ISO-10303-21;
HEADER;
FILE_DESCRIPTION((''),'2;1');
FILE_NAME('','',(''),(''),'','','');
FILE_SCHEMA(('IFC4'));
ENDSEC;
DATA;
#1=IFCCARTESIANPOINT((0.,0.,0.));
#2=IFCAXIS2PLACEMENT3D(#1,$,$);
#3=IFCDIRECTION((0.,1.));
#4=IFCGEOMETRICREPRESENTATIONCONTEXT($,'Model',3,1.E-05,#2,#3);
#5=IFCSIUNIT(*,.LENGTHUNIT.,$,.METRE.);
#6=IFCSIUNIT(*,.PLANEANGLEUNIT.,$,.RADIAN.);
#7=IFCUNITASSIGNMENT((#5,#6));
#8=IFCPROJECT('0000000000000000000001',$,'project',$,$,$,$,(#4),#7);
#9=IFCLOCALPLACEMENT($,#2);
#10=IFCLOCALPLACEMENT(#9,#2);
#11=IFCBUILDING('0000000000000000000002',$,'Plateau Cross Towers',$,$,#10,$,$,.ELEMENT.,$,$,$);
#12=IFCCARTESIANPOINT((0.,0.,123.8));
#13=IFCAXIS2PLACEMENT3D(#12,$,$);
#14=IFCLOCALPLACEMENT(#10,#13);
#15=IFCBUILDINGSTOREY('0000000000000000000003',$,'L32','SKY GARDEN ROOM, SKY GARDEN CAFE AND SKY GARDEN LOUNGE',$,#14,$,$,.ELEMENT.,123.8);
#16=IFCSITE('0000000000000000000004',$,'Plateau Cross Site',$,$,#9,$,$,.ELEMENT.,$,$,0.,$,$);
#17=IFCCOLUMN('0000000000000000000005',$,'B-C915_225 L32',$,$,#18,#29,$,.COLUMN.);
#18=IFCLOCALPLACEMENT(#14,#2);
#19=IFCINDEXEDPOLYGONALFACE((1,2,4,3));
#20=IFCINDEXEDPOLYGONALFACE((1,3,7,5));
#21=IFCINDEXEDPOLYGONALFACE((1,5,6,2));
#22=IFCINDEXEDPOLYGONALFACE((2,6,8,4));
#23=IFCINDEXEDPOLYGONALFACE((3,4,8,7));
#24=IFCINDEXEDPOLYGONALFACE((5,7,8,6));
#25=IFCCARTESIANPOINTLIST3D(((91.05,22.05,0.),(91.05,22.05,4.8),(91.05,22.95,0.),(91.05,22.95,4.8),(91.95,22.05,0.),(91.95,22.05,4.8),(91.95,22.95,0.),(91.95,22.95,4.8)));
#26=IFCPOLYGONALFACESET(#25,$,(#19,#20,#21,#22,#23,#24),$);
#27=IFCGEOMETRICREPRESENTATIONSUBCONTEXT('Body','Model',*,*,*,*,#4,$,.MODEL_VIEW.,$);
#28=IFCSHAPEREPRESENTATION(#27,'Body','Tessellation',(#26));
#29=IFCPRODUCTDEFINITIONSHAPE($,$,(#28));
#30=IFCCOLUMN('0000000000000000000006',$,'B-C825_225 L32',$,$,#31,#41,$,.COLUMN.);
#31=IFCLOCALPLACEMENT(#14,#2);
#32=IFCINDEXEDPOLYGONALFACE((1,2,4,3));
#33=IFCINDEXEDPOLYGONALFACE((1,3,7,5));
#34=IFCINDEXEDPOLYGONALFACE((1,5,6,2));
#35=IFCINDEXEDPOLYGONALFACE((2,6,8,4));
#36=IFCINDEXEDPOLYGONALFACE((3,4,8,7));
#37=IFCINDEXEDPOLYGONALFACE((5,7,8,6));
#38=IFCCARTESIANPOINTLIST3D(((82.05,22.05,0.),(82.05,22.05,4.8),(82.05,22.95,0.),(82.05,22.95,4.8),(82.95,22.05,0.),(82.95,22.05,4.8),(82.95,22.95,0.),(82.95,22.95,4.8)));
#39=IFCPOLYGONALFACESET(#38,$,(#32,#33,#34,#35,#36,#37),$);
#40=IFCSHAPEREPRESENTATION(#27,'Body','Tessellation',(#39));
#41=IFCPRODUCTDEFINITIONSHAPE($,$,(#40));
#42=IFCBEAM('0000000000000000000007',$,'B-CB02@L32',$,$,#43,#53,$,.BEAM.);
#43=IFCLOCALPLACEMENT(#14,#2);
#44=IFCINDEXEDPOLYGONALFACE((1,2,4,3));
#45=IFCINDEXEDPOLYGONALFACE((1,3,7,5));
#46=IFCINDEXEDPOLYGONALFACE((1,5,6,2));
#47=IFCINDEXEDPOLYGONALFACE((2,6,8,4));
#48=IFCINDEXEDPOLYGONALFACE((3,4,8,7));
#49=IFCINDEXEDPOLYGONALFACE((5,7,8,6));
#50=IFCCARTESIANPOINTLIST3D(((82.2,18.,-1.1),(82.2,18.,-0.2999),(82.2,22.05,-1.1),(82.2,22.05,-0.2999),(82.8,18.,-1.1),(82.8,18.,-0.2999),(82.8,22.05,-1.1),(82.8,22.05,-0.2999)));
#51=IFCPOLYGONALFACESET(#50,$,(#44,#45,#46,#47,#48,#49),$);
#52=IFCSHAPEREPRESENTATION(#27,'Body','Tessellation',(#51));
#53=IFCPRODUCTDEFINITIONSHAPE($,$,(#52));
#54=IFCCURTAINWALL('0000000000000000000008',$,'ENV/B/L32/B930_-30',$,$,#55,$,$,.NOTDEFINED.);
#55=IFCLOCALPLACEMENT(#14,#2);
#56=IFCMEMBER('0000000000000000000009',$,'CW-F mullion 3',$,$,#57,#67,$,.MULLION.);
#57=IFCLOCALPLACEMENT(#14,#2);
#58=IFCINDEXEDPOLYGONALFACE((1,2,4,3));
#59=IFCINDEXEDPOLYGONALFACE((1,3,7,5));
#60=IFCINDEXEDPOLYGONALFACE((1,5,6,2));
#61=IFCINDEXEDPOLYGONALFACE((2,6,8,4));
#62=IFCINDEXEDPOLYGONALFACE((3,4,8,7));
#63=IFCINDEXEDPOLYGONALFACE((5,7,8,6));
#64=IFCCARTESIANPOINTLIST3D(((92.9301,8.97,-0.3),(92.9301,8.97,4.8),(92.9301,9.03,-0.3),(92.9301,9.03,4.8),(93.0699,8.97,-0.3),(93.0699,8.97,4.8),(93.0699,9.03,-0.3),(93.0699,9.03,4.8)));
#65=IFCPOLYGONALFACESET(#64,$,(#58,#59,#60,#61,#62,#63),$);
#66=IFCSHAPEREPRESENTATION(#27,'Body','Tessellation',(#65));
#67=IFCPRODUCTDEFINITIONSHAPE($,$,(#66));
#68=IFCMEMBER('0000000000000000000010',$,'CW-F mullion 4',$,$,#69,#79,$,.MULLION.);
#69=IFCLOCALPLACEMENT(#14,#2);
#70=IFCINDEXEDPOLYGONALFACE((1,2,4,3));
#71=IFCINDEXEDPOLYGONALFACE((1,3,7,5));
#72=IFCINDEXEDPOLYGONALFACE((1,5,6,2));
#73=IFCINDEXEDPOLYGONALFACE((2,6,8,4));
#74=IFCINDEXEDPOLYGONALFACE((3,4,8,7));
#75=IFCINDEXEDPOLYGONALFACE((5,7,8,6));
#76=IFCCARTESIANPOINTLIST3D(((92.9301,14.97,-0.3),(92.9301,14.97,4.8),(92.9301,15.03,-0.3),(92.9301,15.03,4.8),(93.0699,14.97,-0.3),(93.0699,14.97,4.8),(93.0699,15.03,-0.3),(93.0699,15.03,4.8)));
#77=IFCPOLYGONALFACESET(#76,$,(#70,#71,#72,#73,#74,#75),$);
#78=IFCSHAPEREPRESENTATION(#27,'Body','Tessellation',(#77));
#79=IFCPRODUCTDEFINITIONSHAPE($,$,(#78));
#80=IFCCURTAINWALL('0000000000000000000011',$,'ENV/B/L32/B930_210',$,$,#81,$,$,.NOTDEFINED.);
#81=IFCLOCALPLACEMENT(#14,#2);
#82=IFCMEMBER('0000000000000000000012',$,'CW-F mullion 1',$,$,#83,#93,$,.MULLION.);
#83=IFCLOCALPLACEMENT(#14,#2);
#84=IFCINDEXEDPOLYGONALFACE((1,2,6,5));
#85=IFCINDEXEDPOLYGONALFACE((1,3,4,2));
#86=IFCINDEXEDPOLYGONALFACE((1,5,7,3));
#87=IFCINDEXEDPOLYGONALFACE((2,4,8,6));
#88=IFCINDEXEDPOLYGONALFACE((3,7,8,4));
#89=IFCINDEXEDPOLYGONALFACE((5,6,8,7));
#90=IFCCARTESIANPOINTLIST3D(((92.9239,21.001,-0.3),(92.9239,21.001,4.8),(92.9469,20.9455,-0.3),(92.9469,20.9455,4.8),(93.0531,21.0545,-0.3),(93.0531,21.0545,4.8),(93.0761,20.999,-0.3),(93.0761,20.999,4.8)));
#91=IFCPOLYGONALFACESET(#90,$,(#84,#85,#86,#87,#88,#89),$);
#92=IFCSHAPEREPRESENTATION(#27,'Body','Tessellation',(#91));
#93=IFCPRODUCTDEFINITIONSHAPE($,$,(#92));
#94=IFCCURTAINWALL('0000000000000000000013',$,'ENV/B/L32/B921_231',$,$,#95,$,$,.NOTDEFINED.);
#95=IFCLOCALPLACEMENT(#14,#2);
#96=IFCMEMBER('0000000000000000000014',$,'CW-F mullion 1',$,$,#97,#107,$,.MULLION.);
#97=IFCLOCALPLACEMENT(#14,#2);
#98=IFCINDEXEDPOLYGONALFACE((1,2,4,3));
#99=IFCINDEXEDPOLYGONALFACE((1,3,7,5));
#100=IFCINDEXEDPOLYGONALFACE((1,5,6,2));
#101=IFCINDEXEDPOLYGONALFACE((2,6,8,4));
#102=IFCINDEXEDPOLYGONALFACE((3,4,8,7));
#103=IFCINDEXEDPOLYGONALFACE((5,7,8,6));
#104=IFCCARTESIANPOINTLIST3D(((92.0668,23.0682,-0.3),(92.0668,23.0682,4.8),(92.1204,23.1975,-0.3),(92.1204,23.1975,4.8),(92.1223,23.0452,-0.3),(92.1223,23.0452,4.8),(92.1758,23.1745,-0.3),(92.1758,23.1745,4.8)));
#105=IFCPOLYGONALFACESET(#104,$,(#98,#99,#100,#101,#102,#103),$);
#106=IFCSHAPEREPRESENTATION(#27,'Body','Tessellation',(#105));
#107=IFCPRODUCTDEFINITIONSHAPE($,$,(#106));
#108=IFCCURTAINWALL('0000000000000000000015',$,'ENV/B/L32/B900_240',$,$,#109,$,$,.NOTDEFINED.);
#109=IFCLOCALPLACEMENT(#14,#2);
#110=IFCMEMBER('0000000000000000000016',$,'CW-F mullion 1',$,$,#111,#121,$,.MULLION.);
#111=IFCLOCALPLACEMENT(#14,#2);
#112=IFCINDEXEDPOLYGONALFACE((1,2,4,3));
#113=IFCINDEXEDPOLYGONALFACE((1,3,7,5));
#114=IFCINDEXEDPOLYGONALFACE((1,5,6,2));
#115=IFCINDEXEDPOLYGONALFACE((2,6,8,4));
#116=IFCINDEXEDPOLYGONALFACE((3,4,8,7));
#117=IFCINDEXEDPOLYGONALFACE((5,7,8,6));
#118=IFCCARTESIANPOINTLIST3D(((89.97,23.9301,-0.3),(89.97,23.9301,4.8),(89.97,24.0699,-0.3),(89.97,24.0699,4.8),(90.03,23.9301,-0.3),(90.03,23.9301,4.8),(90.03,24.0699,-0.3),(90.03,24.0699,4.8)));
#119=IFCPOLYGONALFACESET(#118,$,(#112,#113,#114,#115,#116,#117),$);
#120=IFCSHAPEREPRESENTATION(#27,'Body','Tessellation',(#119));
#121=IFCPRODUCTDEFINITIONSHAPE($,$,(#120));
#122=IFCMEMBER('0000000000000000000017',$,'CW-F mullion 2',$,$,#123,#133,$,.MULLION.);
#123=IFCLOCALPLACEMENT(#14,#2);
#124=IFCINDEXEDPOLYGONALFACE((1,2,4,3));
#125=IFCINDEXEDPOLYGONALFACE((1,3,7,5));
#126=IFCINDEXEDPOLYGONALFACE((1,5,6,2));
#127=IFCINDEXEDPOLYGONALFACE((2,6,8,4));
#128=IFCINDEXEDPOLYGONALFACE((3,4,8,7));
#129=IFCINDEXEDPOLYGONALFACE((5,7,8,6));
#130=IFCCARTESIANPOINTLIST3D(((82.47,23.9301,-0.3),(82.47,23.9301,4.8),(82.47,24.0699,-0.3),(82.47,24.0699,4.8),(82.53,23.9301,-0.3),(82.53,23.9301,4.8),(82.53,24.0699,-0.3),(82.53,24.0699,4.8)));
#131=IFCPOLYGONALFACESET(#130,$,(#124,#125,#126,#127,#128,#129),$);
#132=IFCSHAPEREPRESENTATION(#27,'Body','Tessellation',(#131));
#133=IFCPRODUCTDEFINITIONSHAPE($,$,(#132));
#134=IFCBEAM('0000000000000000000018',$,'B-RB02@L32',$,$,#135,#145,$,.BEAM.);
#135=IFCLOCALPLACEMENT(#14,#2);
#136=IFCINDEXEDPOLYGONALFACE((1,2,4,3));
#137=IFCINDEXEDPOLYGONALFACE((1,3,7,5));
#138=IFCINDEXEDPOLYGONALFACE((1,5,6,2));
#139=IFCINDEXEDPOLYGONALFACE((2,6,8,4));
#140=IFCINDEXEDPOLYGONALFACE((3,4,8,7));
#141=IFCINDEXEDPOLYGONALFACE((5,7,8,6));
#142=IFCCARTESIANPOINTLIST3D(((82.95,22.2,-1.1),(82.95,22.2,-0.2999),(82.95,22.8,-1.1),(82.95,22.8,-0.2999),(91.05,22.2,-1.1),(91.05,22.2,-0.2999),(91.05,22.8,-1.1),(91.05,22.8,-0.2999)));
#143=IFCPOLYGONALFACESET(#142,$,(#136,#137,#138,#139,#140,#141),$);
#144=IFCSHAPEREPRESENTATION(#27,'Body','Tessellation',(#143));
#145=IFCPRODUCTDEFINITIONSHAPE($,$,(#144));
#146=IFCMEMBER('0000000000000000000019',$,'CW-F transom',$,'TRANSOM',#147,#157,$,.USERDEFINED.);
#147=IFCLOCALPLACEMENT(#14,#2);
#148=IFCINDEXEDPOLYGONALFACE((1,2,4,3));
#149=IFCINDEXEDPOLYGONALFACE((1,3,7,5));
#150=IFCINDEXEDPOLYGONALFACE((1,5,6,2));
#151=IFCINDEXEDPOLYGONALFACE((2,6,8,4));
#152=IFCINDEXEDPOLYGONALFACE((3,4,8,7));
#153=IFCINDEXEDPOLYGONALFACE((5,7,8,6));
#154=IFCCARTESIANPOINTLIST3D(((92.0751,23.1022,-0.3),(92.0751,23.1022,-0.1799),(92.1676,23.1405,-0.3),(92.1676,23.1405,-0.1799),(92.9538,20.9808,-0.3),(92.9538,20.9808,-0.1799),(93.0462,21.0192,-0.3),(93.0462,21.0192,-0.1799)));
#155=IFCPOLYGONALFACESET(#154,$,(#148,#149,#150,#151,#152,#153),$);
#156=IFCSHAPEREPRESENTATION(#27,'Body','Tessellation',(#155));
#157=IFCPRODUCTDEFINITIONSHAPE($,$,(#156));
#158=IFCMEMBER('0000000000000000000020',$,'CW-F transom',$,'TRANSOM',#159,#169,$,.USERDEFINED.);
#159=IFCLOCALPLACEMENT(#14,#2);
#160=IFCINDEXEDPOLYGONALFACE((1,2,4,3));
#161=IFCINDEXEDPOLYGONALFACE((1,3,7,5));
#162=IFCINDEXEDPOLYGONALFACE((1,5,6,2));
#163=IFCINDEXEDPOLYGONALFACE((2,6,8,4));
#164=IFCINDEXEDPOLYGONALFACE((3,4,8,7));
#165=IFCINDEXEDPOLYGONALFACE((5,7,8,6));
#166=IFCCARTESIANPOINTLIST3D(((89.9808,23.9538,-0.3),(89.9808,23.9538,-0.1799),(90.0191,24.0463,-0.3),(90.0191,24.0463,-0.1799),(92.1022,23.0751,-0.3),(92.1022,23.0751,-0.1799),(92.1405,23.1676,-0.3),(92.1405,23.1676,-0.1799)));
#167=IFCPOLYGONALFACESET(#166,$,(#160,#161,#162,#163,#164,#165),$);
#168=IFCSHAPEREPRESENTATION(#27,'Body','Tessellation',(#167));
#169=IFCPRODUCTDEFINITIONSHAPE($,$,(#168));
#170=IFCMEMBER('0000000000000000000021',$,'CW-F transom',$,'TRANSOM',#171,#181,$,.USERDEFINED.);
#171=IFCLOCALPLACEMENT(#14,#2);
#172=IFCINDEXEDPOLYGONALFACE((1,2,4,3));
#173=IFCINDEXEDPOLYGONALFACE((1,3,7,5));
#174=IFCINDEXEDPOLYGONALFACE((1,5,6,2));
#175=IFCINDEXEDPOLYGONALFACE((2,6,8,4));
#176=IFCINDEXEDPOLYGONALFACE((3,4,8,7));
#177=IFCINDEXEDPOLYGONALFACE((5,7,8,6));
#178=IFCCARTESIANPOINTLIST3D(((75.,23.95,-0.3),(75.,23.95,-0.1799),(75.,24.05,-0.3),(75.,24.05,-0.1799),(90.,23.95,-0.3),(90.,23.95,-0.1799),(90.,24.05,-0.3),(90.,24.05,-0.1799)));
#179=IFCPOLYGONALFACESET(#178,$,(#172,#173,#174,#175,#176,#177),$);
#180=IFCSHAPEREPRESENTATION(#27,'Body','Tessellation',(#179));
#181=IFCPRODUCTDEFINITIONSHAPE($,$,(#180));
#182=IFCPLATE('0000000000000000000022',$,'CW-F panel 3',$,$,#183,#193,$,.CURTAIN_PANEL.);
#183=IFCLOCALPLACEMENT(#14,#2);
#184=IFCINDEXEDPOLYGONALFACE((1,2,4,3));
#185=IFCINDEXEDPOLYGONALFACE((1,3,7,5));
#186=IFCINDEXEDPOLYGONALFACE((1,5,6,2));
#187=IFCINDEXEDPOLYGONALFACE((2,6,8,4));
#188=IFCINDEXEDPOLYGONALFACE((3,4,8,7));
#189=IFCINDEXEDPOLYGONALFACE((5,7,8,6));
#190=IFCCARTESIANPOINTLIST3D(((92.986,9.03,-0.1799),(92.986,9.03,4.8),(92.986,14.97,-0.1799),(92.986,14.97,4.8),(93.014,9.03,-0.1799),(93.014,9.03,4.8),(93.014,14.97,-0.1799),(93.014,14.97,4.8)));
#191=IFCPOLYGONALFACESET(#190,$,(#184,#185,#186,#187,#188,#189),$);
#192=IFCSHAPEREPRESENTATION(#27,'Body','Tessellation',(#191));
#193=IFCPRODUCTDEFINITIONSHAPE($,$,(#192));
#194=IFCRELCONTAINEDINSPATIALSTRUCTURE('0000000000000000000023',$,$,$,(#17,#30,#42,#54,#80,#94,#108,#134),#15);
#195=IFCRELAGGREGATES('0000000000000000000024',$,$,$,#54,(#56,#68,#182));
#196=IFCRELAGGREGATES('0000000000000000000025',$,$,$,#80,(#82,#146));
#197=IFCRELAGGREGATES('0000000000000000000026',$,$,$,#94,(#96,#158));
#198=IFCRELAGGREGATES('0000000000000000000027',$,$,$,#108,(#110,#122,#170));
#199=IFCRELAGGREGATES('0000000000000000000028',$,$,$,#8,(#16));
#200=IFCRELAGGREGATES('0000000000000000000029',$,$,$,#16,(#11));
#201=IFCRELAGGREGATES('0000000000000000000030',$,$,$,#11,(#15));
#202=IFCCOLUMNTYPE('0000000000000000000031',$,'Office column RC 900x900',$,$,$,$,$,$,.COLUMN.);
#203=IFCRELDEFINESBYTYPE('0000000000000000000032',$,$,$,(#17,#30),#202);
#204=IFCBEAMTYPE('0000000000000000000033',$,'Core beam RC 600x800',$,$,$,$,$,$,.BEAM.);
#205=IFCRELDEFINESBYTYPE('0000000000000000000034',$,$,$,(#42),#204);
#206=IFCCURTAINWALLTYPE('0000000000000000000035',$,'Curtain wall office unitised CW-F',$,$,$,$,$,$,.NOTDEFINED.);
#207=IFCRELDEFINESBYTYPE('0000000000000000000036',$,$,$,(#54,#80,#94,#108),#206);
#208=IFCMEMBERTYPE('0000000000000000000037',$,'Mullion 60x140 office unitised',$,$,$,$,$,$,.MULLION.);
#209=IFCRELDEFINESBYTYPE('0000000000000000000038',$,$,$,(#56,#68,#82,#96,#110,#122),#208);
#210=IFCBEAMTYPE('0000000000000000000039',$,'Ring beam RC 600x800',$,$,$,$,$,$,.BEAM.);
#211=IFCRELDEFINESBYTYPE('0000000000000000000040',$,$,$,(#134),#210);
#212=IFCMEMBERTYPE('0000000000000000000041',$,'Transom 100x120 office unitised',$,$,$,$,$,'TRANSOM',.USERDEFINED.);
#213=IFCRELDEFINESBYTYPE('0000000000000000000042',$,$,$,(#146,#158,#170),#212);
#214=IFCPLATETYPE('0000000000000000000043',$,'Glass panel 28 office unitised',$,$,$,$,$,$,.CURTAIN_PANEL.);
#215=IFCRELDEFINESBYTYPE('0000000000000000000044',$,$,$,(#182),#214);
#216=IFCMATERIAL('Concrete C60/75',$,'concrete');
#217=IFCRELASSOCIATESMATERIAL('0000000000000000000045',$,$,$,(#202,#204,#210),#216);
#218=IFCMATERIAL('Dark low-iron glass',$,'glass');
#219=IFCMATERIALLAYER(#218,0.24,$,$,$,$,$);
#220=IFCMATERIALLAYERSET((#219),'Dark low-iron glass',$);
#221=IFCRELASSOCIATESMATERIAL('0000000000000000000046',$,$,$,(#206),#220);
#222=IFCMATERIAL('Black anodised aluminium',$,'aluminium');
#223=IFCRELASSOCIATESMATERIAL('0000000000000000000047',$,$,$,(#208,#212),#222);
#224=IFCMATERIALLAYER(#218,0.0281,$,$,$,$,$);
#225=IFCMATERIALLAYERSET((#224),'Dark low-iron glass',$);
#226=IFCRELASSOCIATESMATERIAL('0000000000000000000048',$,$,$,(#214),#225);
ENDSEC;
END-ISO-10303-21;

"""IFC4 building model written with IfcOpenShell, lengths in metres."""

from ifc_helpers import new_model, si_unit, direction, frame, origin, origin_2d, place, context, subcontext, project, spatial, rectangle, extrude, material, layer, layer_set, material_profile, profile_set, type_object, element, aggregate, save


model = new_model("IFC4")

# Units and contexts
model_context = context("Model", 3, precision=1e-05, world=origin(), true_north=direction((0.0, 1.0)))
body_context = subcontext(model_context, "Body", "Model", "MODEL_VIEW")
ifc_project = project(units=[si_unit("LENGTHUNIT", "METRE"), si_unit("PLANEANGLEUNIT", "RADIAN")], contexts=[model_context])

# Site, building, storey
site_placement = place(None, origin())
site = spatial("IfcSite", under=ifc_project, at=site_placement, Name="Plateau Cross Site", CompositionType="ELEMENT", RefElevation=0.0)
building_placement = place(site_placement, origin())
building = spatial("IfcBuilding", under=site, at=building_placement, Name="Plateau Cross Towers", CompositionType="ELEMENT")
storey_placement = place(building_placement, frame((0.0, 0.0, 123.8)))
storey = spatial("IfcBuildingStorey", under=building, at=storey_placement, Name="L32", Description="SKY GARDEN ROOM, SKY GARDEN CAFE AND SKY GARDEN LOUNGE", CompositionType="ELEMENT", Elevation=123.8)

# Columns
ifc_material_1 = material(Name="Concrete C60/75", Category="concrete")
ifc_material_profile_1 = material_profile(ifc_material_1, rectangle(XDim=0.8999, YDim=0.8999, at=origin_2d()), Name="RC 900x900")
ifc_profile_set_1 = profile_set([ifc_material_profile_1], Name="Concrete C60/75")
column_type = type_object("IfcColumnType", Name="Office column RC 900x900", PredefinedType="COLUMN", material=ifc_profile_set_1)
for number, where, z_axis, x_axis, name in (
    (1, (91.5, 22.5, 0.0), (0.0, 0.0, 1.0), (1.0, 0.0, 0.0), "B-C915_225 L32"),
    (2, (82.5, 22.5, 0.0), (0.0, 0.0, 1.0), (1.0, 0.0, 0.0), "B-C825_225 L32"),
):
    element("IfcColumn", number, at=place(storey_placement, frame(where, z_axis=z_axis, x_axis=x_axis)), inside=storey, type_object=column_type, Name=name, PredefinedType="COLUMN", context=body_context, shape_type="SweptSolid", body=[
        extrude(rectangle(XDim=0.8999, YDim=0.8999, at=origin_2d()), origin(), (0.0, 0.0, 1.0), 4.8),
    ])

# Beam
ifc_material_profile_2 = material_profile(ifc_material_1, rectangle(XDim=0.6001, YDim=0.8, at=origin_2d()), Name="RC 600x800")
ifc_profile_set_2 = profile_set([ifc_material_profile_2], Name="Concrete C60/75")
beam_type_1 = type_object("IfcBeamType", Name="Core beam RC 600x800", PredefinedType="BEAM", material=ifc_profile_set_2)
beam_1_placement = place(storey_placement, frame((82.5, 18.0, -0.7), z_axis=(0.0, 1.0, 0.0), x_axis=(-1.0, 0.0, 0.0)))
element("IfcBeam", 3, at=beam_1_placement, inside=storey, type_object=beam_type_1, Name="B-CB02@L32", PredefinedType="BEAM", context=body_context, shape_type="SweptSolid", body=[
    extrude(rectangle(XDim=0.6001, YDim=0.8, at=origin_2d()), origin(), (0.0, 0.0, 1.0), 4.05),
])

# Curtain wall, members
ifc_material_2 = material(Name="Dark low-iron glass", Category="glass")
ifc_layer_1 = layer(ifc_material_2, 0.24)
ifc_layer_set_1 = layer_set([ifc_layer_1], Name="Dark low-iron glass")
curtain_wall_type = type_object("IfcCurtainWallType", Name="Curtain wall office unitised CW-F", PredefinedType="NOTDEFINED", material=ifc_layer_set_1)
curtain_wall_1_placement = place(storey_placement, origin())
curtain_wall_1 = element("IfcCurtainWall", 4, at=curtain_wall_1_placement, inside=storey, type_object=curtain_wall_type, Name="ENV/B/L32/B930_-30", PredefinedType="NOTDEFINED")
ifc_material_3 = material(Name="Black anodised aluminium", Category="aluminium")
ifc_material_profile_3 = material_profile(ifc_material_3, rectangle(XDim=0.0601, YDim=0.1399, at=origin_2d()), Name="MULLION 60x140")
ifc_profile_set_3 = profile_set([ifc_material_profile_3], Name="Black anodised aluminium")
member_type_1 = type_object("IfcMemberType", Name="Mullion 60x140 office unitised", PredefinedType="MULLION", material=ifc_profile_set_3)
member_1_placement = place(storey_placement, frame((93.0, 9.0, -0.3), z_axis=(0.0, 0.0, 1.0), x_axis=(0.0, 1.0, 0.0)))
member_1 = element("IfcMember", 5, at=member_1_placement, type_object=member_type_1, Name="CW-F mullion 3", PredefinedType="MULLION", context=body_context, shape_type="SweptSolid", body=[
    extrude(rectangle(XDim=0.0601, YDim=0.1399, at=origin_2d()), origin(), (0.0, 0.0, 1.0), 5.1001),
])
member_2_placement = place(storey_placement, frame((93.0, 15.0, -0.3), z_axis=(0.0, 0.0, 1.0), x_axis=(0.0, 1.0, 0.0)))
member_2 = element("IfcMember", 6, at=member_2_placement, type_object=member_type_1, Name="CW-F mullion 4", PredefinedType="MULLION", context=body_context, shape_type="SweptSolid", body=[
    extrude(rectangle(XDim=0.0601, YDim=0.1399, at=origin_2d()), origin(), (0.0, 0.0, 1.0), 5.1001),
])

# Curtain walls, members
curtain_wall_2_placement = place(storey_placement, origin())
curtain_wall_2 = element("IfcCurtainWall", 7, at=curtain_wall_2_placement, inside=storey, type_object=curtain_wall_type, Name="ENV/B/L32/B930_210", PredefinedType="NOTDEFINED")
member_3_placement = place(storey_placement, frame((93.0, 21.0, -0.3), z_axis=(0.0, 0.0, 1.0), x_axis=(-0.382684, 0.923879, 0.0)))
member_3 = element("IfcMember", 8, at=member_3_placement, type_object=member_type_1, Name="CW-F mullion 1", PredefinedType="MULLION", context=body_context, shape_type="SweptSolid", body=[
    extrude(rectangle(XDim=0.0601, YDim=0.1399, at=origin_2d()), origin(), (0.0, 0.0, 1.0), 5.1001),
])
curtain_wall_3_placement = place(storey_placement, origin())
curtain_wall_3 = element("IfcCurtainWall", 9, at=curtain_wall_3_placement, inside=storey, type_object=curtain_wall_type, Name="ENV/B/L32/B921_231", PredefinedType="NOTDEFINED")
member_4_placement = place(storey_placement, frame((92.1213, 23.1213, -0.3), z_axis=(0.0, 0.0, 1.0), x_axis=(-0.923879, 0.382684, 0.0)))
member_4 = element("IfcMember", 10, at=member_4_placement, type_object=member_type_1, Name="CW-F mullion 1", PredefinedType="MULLION", context=body_context, shape_type="SweptSolid", body=[
    extrude(rectangle(XDim=0.0601, YDim=0.1399, at=origin_2d()), origin(), (0.0, 0.0, 1.0), 5.1001),
])

# Curtain wall, members
curtain_wall_4_placement = place(storey_placement, origin())
curtain_wall_4 = element("IfcCurtainWall", 11, at=curtain_wall_4_placement, inside=storey, type_object=curtain_wall_type, Name="ENV/B/L32/B900_240", PredefinedType="NOTDEFINED")
member_5_placement = place(storey_placement, frame((90.0, 24.0, -0.3), z_axis=(0.0, 0.0, 1.0), x_axis=(-1.0, 0.0, 0.0)))
member_5 = element("IfcMember", 12, at=member_5_placement, type_object=member_type_1, Name="CW-F mullion 1", PredefinedType="MULLION", context=body_context, shape_type="SweptSolid", body=[
    extrude(rectangle(XDim=0.0601, YDim=0.1399, at=origin_2d()), origin(), (0.0, 0.0, 1.0), 5.1001),
])
member_6_placement = place(storey_placement, frame((82.5, 24.0, -0.3), z_axis=(0.0, 0.0, 1.0), x_axis=(-1.0, 0.0, 0.0)))
member_6 = element("IfcMember", 13, at=member_6_placement, type_object=member_type_1, Name="CW-F mullion 2", PredefinedType="MULLION", context=body_context, shape_type="SweptSolid", body=[
    extrude(rectangle(XDim=0.0601, YDim=0.1399, at=origin_2d()), origin(), (0.0, 0.0, 1.0), 5.1001),
])

# Beam
ifc_material_profile_4 = material_profile(ifc_material_1, rectangle(XDim=0.6001, YDim=0.8, at=origin_2d()), Name="RC 600x800")
ifc_profile_set_4 = profile_set([ifc_material_profile_4], Name="Concrete C60/75")
beam_type_2 = type_object("IfcBeamType", Name="Ring beam RC 600x800", PredefinedType="BEAM", material=ifc_profile_set_4)
beam_2_placement = place(storey_placement, frame((91.05, 22.5, -0.7), z_axis=(-1.0, 0.0, 0.0), x_axis=(0.0, -1.0, 0.0)))
element("IfcBeam", 14, at=beam_2_placement, inside=storey, type_object=beam_type_2, Name="B-RB02@L32", PredefinedType="BEAM", context=body_context, shape_type="SweptSolid", body=[
    extrude(rectangle(XDim=0.6001, YDim=0.8, at=origin_2d()), origin(), (0.0, 0.0, 1.0), 8.1001),
])

# Members
ifc_material_profile_5 = material_profile(ifc_material_3, rectangle(XDim=0.1001, YDim=0.1201, at=origin_2d()), Name="TRANSOM 100x120")
ifc_profile_set_5 = profile_set([ifc_material_profile_5], Name="Black anodised aluminium")
member_type_2 = type_object("IfcMemberType", Name="Transom 100x120 office unitised", ElementType="TRANSOM", PredefinedType="USERDEFINED", material=ifc_profile_set_5)
member_7_placement = place(storey_placement, frame((93.0, 21.0, -0.24), z_axis=(-0.382674, 0.923883, 0.0), x_axis=(-0.923883, -0.382674, 0.0)))
member_7 = element("IfcMember", 15, at=member_7_placement, type_object=member_type_2, Name="CW-F transom", ObjectType="TRANSOM", PredefinedType="USERDEFINED", context=body_context, shape_type="SweptSolid", body=[
    extrude(rectangle(XDim=0.1001, YDim=0.1201, at=origin_2d()), origin(), (0.0, 0.0, 1.0), 2.2961),
])
member_8_placement = place(storey_placement, frame((92.1213, 23.1213, -0.24), z_axis=(-0.923883, 0.382674, 0.0), x_axis=(-0.382674, -0.923883, 0.0)))
member_8 = element("IfcMember", 16, at=member_8_placement, type_object=member_type_2, Name="CW-F transom", ObjectType="TRANSOM", PredefinedType="USERDEFINED", context=body_context, shape_type="SweptSolid", body=[
    extrude(rectangle(XDim=0.1001, YDim=0.1201, at=origin_2d()), origin(), (0.0, 0.0, 1.0), 2.2961),
])
member_9_placement = place(storey_placement, frame((90.0, 24.0, -0.24), z_axis=(-1.0, 0.0, 0.0), x_axis=(0.0, -1.0, 0.0)))
member_9 = element("IfcMember", 17, at=member_9_placement, type_object=member_type_2, Name="CW-F transom", ObjectType="TRANSOM", PredefinedType="USERDEFINED", context=body_context, shape_type="SweptSolid", body=[
    extrude(rectangle(XDim=0.1001, YDim=0.1201, at=origin_2d()), origin(), (0.0, 0.0, 1.0), 15.0),
])

# Plate
ifc_layer_2 = layer(ifc_material_2, 0.0281)
ifc_layer_set_2 = layer_set([ifc_layer_2], Name="Dark low-iron glass")
plate_type = type_object("IfcPlateType", Name="Glass panel 28 office unitised", PredefinedType="CURTAIN_PANEL", material=ifc_layer_set_2)
plate_1_placement = place(storey_placement, frame((93.0, 12.0, -0.1799), z_axis=(0.0, 0.0, 1.0), x_axis=(0.0, 1.0, 0.0)))
plate_1 = element("IfcPlate", 18, at=plate_1_placement, type_object=plate_type, Name="CW-F panel 3", PredefinedType="CURTAIN_PANEL", context=body_context, shape_type="SweptSolid", body=[
    extrude(rectangle(XDim=5.9399, YDim=0.0281, at=origin_2d()), origin(), (0.0, 0.0, 1.0), 4.98),
])
aggregate(curtain_wall_1, [member_1, member_2, plate_1])
aggregate(curtain_wall_2, [member_3, member_7])
aggregate(curtain_wall_3, [member_4, member_8])
aggregate(curtain_wall_4, [member_5, member_6, member_9])

save(model, "model.ifc")
